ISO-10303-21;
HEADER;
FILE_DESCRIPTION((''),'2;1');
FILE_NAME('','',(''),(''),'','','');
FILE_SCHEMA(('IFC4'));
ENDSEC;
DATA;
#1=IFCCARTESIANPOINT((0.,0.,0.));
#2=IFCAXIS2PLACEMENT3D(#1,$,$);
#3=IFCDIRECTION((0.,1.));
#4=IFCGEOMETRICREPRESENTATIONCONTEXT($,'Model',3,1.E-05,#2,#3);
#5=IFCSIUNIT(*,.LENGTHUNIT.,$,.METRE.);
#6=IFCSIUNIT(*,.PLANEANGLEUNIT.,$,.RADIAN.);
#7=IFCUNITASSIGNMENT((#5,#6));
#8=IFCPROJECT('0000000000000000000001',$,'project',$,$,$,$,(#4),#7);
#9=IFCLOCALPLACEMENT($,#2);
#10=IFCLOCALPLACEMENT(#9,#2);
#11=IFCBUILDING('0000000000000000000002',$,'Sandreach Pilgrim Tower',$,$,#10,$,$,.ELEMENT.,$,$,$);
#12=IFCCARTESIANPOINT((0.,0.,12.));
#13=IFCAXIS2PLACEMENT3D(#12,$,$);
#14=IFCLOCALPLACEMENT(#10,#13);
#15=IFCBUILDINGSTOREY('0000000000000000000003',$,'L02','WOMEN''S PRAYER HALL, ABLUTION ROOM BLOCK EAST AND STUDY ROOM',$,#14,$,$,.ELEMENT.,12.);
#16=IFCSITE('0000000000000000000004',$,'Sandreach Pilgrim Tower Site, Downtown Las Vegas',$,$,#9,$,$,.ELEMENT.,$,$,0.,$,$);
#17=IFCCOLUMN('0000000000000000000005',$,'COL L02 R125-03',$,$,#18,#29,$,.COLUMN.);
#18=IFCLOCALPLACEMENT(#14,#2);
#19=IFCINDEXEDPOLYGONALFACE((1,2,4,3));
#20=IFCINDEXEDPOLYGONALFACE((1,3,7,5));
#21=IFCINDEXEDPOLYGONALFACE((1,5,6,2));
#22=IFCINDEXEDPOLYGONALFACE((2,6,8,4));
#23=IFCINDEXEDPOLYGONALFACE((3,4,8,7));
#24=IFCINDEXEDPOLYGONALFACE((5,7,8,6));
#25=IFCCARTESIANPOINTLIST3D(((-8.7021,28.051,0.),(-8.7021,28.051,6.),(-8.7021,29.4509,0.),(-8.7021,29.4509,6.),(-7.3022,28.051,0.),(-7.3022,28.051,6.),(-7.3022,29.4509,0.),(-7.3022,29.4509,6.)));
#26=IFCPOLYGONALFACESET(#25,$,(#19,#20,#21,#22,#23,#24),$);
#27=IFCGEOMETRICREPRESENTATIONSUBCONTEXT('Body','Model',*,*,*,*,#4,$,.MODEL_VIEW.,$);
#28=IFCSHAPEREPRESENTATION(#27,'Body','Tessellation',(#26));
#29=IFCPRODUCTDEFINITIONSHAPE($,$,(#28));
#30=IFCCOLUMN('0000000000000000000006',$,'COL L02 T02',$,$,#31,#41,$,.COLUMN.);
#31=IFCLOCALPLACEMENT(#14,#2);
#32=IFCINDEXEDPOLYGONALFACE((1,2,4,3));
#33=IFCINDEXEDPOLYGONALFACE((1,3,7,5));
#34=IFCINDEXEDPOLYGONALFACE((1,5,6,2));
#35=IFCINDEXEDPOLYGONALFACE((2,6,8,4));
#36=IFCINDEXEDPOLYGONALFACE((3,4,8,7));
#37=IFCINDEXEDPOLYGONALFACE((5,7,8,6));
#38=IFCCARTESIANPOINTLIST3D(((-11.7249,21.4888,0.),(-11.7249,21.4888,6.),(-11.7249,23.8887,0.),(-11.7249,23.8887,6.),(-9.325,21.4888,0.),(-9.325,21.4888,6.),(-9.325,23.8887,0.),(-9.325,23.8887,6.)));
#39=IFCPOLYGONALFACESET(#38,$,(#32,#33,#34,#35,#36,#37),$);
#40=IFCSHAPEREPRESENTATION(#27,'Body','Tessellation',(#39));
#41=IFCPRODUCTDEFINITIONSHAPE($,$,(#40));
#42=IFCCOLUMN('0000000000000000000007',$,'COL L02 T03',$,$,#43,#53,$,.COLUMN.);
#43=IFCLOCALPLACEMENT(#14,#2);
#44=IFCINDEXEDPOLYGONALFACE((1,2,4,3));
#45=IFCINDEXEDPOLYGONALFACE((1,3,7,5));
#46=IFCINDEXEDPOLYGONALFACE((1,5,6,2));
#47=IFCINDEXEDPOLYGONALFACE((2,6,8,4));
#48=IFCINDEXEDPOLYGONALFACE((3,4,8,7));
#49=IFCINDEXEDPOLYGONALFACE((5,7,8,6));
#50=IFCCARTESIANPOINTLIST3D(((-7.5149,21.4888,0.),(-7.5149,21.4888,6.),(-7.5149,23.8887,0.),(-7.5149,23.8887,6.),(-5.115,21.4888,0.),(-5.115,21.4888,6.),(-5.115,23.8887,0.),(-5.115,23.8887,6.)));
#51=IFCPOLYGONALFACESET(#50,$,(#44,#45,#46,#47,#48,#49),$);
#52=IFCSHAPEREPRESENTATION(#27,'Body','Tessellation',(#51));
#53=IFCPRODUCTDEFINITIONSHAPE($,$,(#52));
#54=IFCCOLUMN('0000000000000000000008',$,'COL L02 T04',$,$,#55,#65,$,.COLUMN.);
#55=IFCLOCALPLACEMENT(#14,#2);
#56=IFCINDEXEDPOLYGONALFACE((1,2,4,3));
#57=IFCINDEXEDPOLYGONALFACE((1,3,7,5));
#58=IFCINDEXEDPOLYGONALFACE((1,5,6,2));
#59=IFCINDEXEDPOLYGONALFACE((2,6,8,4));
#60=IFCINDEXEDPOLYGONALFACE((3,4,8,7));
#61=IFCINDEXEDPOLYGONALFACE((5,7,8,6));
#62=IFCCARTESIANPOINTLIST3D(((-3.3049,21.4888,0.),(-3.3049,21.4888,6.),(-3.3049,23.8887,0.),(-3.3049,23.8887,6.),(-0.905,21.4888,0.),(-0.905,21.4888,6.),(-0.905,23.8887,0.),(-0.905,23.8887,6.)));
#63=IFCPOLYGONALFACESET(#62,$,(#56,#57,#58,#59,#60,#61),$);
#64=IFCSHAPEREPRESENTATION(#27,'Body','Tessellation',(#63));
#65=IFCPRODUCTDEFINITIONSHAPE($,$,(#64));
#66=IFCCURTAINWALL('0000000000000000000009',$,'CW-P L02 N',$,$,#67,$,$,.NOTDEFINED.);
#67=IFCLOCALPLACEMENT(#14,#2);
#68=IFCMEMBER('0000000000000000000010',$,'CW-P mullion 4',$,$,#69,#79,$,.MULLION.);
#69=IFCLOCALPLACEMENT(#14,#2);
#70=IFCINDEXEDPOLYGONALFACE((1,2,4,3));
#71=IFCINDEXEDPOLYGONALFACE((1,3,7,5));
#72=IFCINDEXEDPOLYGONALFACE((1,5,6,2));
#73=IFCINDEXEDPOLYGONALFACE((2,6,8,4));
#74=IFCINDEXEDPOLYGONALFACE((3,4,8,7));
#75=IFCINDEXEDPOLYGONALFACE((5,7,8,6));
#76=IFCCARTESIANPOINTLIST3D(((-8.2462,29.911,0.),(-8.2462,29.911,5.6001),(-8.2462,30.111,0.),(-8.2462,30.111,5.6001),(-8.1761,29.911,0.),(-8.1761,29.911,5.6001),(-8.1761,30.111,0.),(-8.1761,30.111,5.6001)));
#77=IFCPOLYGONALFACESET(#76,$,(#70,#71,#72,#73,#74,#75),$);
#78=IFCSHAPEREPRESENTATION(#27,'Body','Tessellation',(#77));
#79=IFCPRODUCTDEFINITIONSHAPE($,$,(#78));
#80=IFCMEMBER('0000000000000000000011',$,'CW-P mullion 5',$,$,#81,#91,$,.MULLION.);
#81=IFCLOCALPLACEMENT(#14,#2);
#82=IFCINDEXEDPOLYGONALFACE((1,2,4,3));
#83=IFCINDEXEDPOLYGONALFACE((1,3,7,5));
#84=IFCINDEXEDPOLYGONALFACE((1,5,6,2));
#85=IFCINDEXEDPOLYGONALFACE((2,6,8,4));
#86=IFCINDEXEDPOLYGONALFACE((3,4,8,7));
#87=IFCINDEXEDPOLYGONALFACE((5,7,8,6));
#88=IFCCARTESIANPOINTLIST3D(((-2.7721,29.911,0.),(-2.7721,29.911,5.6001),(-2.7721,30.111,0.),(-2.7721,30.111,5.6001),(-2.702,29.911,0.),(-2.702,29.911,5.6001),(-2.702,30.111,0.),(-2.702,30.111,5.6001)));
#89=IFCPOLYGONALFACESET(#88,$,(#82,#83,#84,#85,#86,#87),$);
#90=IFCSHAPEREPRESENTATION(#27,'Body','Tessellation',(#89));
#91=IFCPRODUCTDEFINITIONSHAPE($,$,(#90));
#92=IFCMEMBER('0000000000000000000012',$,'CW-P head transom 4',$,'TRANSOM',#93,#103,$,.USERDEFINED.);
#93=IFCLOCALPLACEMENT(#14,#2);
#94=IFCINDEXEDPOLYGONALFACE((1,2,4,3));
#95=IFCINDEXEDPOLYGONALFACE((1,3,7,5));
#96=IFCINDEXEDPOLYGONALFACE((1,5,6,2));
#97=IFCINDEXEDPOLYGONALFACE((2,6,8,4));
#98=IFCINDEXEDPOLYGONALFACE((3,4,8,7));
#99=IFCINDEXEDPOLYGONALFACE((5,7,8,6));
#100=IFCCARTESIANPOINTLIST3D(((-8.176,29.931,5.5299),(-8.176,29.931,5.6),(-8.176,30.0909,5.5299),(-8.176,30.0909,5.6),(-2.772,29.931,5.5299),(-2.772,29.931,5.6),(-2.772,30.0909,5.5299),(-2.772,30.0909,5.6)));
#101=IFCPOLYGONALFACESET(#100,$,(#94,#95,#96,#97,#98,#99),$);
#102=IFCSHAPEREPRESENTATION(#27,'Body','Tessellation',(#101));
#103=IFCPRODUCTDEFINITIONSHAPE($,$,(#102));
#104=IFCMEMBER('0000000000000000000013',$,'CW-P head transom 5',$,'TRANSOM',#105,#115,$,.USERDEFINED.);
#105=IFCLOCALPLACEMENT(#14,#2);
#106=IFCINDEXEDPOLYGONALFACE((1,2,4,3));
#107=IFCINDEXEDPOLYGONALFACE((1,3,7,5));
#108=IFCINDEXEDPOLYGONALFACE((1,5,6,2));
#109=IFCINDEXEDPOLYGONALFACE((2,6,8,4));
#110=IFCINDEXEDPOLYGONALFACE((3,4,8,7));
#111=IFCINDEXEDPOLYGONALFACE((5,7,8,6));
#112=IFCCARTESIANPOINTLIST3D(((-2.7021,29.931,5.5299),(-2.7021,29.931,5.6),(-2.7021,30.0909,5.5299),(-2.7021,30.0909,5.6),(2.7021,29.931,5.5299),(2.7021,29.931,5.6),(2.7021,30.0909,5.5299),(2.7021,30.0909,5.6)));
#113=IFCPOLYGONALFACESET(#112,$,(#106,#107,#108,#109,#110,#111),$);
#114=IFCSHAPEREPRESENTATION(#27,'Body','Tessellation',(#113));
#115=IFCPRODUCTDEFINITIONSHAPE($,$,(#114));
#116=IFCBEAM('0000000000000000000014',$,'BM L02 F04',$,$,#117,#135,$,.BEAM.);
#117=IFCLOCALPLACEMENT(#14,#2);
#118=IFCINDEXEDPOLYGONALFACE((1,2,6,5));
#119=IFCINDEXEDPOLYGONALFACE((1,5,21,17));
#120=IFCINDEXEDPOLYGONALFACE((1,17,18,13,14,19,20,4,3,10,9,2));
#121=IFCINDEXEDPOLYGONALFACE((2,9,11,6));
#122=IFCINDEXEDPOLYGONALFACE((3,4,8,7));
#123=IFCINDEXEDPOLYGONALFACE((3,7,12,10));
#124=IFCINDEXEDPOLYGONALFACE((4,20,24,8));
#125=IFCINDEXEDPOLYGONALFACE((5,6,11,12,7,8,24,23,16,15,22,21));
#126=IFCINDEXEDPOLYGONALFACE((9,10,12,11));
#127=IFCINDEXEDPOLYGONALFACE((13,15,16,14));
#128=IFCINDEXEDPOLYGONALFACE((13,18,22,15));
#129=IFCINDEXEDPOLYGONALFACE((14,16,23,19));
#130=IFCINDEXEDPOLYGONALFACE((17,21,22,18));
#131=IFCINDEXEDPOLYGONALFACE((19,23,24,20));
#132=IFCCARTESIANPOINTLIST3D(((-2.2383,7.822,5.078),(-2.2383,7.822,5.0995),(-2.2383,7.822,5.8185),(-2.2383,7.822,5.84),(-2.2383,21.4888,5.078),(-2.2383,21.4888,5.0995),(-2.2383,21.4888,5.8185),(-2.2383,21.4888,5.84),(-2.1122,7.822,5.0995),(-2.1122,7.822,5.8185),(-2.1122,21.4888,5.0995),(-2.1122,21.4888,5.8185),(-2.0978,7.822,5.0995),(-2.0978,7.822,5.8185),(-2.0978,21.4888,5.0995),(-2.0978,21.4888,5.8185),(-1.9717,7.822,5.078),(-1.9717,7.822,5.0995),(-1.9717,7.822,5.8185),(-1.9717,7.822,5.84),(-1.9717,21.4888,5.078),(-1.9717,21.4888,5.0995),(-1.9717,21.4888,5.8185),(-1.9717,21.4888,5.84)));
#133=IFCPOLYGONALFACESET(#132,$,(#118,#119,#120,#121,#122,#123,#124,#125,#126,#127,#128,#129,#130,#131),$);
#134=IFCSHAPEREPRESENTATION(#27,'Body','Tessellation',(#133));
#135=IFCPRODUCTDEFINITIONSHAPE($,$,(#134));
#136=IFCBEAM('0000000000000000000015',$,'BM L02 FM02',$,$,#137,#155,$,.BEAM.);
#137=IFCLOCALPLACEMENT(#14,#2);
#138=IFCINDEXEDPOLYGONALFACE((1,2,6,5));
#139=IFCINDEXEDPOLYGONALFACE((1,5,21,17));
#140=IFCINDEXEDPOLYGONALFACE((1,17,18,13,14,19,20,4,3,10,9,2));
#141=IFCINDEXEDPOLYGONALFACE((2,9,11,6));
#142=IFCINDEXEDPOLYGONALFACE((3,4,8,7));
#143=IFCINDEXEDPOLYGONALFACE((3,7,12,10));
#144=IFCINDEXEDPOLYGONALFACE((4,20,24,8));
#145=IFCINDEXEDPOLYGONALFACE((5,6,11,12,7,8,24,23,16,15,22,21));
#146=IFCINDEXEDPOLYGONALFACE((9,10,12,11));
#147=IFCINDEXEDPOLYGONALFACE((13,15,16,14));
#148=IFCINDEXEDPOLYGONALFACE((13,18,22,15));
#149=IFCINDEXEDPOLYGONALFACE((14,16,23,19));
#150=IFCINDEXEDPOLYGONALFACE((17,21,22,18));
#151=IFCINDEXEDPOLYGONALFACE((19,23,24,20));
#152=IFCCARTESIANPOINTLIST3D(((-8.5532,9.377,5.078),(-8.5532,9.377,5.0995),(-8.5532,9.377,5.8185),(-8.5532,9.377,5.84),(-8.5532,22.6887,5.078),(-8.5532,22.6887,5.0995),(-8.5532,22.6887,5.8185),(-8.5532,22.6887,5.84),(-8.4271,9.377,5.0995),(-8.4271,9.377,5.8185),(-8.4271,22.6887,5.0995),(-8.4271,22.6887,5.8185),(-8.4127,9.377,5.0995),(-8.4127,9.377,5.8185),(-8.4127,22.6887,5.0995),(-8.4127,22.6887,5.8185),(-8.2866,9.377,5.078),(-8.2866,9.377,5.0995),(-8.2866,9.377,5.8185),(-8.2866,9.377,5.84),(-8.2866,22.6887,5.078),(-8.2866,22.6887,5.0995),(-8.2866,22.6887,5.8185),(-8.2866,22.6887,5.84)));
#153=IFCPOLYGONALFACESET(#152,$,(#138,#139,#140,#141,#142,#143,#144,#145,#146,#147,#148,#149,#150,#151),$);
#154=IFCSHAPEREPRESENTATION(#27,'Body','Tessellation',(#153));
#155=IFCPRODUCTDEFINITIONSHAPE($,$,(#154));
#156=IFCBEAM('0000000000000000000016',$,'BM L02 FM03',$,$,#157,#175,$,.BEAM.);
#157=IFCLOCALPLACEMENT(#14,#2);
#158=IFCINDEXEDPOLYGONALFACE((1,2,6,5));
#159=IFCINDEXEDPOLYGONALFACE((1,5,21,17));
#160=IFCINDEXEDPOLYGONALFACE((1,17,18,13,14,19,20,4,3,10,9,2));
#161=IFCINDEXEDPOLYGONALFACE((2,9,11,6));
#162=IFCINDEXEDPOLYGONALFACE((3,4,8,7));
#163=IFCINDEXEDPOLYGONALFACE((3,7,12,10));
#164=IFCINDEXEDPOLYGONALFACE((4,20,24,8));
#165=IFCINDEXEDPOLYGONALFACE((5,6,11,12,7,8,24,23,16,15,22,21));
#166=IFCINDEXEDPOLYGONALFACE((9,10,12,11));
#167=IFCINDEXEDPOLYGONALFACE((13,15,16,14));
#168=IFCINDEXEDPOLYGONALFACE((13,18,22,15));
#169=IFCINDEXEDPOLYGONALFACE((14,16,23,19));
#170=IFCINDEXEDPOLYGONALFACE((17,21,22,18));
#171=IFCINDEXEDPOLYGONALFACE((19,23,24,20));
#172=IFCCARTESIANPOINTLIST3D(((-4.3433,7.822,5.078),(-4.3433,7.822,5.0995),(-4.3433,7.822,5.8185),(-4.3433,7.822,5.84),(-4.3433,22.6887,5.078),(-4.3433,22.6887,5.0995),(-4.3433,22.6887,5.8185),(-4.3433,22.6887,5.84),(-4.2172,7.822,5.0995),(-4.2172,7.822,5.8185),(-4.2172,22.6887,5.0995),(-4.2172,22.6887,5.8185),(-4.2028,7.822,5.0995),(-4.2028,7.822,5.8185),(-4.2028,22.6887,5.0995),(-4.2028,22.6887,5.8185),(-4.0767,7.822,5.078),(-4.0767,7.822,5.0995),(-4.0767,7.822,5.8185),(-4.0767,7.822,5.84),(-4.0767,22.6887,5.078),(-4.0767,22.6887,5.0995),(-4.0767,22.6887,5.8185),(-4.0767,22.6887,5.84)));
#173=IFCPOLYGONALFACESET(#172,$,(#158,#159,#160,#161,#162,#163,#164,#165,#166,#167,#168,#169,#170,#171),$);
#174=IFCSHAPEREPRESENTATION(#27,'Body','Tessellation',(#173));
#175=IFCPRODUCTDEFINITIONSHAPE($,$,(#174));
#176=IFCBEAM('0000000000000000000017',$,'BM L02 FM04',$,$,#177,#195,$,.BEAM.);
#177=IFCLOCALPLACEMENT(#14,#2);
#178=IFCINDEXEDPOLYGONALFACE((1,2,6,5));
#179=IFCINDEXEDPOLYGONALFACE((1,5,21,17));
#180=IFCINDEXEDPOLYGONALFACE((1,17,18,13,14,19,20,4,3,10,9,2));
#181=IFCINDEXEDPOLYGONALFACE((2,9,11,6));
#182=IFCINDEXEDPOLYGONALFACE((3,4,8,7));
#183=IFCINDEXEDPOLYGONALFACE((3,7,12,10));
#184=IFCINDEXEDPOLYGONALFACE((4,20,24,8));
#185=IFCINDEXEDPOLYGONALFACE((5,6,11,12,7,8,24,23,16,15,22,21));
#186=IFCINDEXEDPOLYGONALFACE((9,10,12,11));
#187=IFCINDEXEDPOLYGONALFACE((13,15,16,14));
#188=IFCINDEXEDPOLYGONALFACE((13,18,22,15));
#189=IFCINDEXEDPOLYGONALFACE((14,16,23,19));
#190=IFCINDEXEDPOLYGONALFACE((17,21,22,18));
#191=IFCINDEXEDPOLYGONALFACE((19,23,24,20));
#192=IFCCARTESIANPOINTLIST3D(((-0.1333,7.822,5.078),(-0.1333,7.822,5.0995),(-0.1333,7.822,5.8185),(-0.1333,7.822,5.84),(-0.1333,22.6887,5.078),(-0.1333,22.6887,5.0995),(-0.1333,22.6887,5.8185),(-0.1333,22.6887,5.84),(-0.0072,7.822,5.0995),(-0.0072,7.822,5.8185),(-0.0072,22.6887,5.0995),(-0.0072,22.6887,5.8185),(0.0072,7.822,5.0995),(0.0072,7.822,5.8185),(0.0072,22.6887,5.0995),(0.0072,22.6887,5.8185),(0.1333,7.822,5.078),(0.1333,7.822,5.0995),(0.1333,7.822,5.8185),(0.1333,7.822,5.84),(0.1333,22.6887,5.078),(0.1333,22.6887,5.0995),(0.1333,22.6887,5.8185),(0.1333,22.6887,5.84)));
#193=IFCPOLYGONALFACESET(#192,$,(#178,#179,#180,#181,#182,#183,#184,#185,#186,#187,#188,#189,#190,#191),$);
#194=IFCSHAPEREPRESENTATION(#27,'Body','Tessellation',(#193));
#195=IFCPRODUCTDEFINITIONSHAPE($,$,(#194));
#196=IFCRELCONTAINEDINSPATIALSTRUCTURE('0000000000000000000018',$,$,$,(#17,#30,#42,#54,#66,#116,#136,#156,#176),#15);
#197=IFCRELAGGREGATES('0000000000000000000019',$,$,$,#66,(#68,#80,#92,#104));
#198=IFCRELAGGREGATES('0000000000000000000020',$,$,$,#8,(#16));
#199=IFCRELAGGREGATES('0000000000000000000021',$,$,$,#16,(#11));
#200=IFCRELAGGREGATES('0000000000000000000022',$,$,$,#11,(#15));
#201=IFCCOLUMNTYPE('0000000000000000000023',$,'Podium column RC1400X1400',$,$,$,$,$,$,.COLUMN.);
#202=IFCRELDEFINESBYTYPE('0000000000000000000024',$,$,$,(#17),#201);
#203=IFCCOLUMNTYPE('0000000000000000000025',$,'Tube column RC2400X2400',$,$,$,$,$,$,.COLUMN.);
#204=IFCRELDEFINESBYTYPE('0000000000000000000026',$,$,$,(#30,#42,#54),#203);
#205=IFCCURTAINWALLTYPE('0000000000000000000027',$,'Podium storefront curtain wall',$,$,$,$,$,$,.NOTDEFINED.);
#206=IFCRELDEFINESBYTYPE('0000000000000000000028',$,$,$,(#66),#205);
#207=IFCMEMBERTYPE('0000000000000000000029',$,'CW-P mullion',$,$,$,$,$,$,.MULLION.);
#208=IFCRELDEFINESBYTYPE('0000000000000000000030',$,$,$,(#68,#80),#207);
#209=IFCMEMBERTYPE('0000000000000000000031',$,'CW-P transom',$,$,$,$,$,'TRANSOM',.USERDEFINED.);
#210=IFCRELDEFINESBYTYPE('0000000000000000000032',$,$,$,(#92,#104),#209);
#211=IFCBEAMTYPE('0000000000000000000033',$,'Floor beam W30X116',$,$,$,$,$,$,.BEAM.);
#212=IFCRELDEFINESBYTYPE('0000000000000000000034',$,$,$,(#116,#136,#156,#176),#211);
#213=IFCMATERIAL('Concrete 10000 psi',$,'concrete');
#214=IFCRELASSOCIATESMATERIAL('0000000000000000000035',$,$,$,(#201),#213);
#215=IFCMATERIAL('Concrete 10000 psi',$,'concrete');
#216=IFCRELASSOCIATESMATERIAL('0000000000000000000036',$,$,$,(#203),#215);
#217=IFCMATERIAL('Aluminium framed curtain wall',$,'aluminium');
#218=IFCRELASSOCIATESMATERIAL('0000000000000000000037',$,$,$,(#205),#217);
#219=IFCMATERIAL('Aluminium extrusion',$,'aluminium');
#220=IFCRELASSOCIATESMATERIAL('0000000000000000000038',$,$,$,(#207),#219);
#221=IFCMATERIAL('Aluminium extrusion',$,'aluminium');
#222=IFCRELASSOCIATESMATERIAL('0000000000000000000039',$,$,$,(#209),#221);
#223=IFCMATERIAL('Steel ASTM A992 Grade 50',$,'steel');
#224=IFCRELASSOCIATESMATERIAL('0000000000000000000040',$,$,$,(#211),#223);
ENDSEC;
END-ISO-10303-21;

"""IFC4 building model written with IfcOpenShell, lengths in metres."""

from ifc_helpers import new_model, si_unit, direction, frame, origin, origin_2d, place, context, subcontext, project, spatial, rectangle, i_section, extrude, material, material_profile, profile_set, type_object, element, aggregate, save


model = new_model("IFC4")

# Units and contexts
model_context = context("Model", 3, precision=1e-05, world=origin(), true_north=direction((0.0, 1.0)))
body_context = subcontext(model_context, "Body", "Model", "MODEL_VIEW")
ifc_project = project(units=[si_unit("LENGTHUNIT", "METRE"), si_unit("PLANEANGLEUNIT", "RADIAN")], contexts=[model_context])

# Site, building, storey
site_placement = place(None, origin())
site = spatial("IfcSite", under=ifc_project, at=site_placement, Name="Sandreach Pilgrim Tower Site, Downtown Las Vegas", CompositionType="ELEMENT", RefElevation=0.0)
building_placement = place(site_placement, origin())
building = spatial("IfcBuilding", under=site, at=building_placement, Name="Sandreach Pilgrim Tower", CompositionType="ELEMENT")
storey_placement = place(building_placement, frame((0.0, 0.0, 12.0)))
storey = spatial("IfcBuildingStorey", under=building, at=storey_placement, Name="L02", Description="WOMEN'S PRAYER HALL, ABLUTION ROOM BLOCK EAST AND STUDY ROOM", CompositionType="ELEMENT", Elevation=12.0)

# Columns
ifc_material_1 = material(Name="Concrete 10000 psi", Category="concrete")
ifc_material_profile_1 = material_profile(ifc_material_1, rectangle(XDim=1.3999, YDim=1.3999, at=origin_2d()), Name="RC1400X1400")
ifc_profile_set_1 = profile_set([ifc_material_profile_1], Name="Concrete 10000 psi")
column_type_1 = type_object("IfcColumnType", Name="Podium column RC1400X1400", PredefinedType="COLUMN", material=ifc_profile_set_1)
column_placement = place(storey_placement, frame((-8.0022, 28.751, 0.0), z_axis=(0.0, 0.0, 1.0), x_axis=(0.0, 1.0, 0.0)))
element("IfcColumn", 1, at=column_placement, inside=storey, type_object=column_type_1, Name="COL L02 R125-03", PredefinedType="COLUMN", context=body_context, shape_type="SweptSolid", body=[
    extrude(rectangle(XDim=1.3999, YDim=1.3999, at=origin_2d()), origin(), (0.0, 0.0, 1.0), 6.0),
])
ifc_material_2 = material(Name="Concrete 10000 psi", Category="concrete")
ifc_material_profile_2 = material_profile(ifc_material_2, rectangle(XDim=2.3999, YDim=2.3999, at=origin_2d()), Name="RC2400X2400")
ifc_profile_set_2 = profile_set([ifc_material_profile_2], Name="Concrete 10000 psi")
column_type_2 = type_object("IfcColumnType", Name="Tube column RC2400X2400", PredefinedType="COLUMN", material=ifc_profile_set_2)
for number, where, z_axis, x_axis, name in (
    (2, (-10.5249, 22.6887, 0.0), (0.0, 0.0, 1.0), (0.0, 1.0, 0.0), "COL L02 T02"),
    (3, (-6.3149, 22.6887, 0.0), (0.0, 0.0, 1.0), (0.0, 1.0, 0.0), "COL L02 T03"),
    (4, (-2.105, 22.6887, 0.0), (0.0, 0.0, 1.0), (0.0, 1.0, 0.0), "COL L02 T04"),
):
    element("IfcColumn", number, at=place(storey_placement, frame(where, z_axis=z_axis, x_axis=x_axis)), inside=storey, type_object=column_type_2, Name=name, PredefinedType="COLUMN", context=body_context, shape_type="SweptSolid", body=[
        extrude(rectangle(XDim=2.3999, YDim=2.3999, at=origin_2d()), origin(), (0.0, 0.0, 1.0), 6.0),
    ])

# Curtain wall, members
ifc_material_3 = material(Name="Aluminium framed curtain wall", Category="aluminium")
curtain_wall_type = type_object("IfcCurtainWallType", Name="Podium storefront curtain wall", PredefinedType="NOTDEFINED", material=ifc_material_3)
curtain_wall_placement = place(storey_placement, origin())
curtain_wall = element("IfcCurtainWall", 5, at=curtain_wall_placement, inside=storey, type_object=curtain_wall_type, Name="CW-P L02 N", PredefinedType="NOTDEFINED")
ifc_material_4 = material(Name="Aluminium extrusion", Category="aluminium")
ifc_material_profile_3 = material_profile(ifc_material_4, rectangle(XDim=0.0701, YDim=0.2, at=origin_2d()), Name="CW-PM 70X200")
ifc_profile_set_3 = profile_set([ifc_material_profile_3], Name="Aluminium extrusion")
member_type_1 = type_object("IfcMemberType", Name="CW-P mullion", PredefinedType="MULLION", material=ifc_profile_set_3)
member_1_placement = place(storey_placement, frame((-8.2112, 30.011, 0.0), z_axis=(0.0, 0.0, 1.0), x_axis=(1.0, 0.0, 0.0)))
member_1 = element("IfcMember", 6, at=member_1_placement, type_object=member_type_1, Name="CW-P mullion 4", PredefinedType="MULLION", context=body_context, shape_type="SweptSolid", body=[
    extrude(rectangle(XDim=0.0701, YDim=0.2, at=origin_2d()), origin(), (0.0, 0.0, 1.0), 5.6001),
])
member_2_placement = place(storey_placement, frame((-2.7371, 30.011, 0.0), z_axis=(0.0, 0.0, 1.0), x_axis=(1.0, 0.0, 0.0)))
member_2 = element("IfcMember", 7, at=member_2_placement, type_object=member_type_1, Name="CW-P mullion 5", PredefinedType="MULLION", context=body_context, shape_type="SweptSolid", body=[
    extrude(rectangle(XDim=0.0701, YDim=0.2, at=origin_2d()), origin(), (0.0, 0.0, 1.0), 5.6001),
])
ifc_material_5 = material(Name="Aluminium extrusion", Category="aluminium")
ifc_material_profile_4 = material_profile(ifc_material_5, rectangle(XDim=0.1599, YDim=0.0701, at=origin_2d()), Name="CW-PT 160X70")
ifc_profile_set_4 = profile_set([ifc_material_profile_4], Name="Aluminium extrusion")
member_type_2 = type_object("IfcMemberType", Name="CW-P transom", ElementType="TRANSOM", PredefinedType="USERDEFINED", material=ifc_profile_set_4)
member_3_placement = place(storey_placement, frame((-8.176, 30.011, 5.5649), z_axis=(1.0, 0.0, 0.0), x_axis=(0.0, 1.0, 0.0)))
member_3 = element("IfcMember", 8, at=member_3_placement, type_object=member_type_2, Name="CW-P head transom 4", ObjectType="TRANSOM", PredefinedType="USERDEFINED", context=body_context, shape_type="SweptSolid", body=[
    extrude(rectangle(XDim=0.1599, YDim=0.0701, at=origin_2d()), origin(), (0.0, 0.0, 1.0), 5.4041),
])
member_4_placement = place(storey_placement, frame((-2.7021, 30.011, 5.5649), z_axis=(1.0, 0.0, 0.0), x_axis=(0.0, 1.0, 0.0)))
member_4 = element("IfcMember", 9, at=member_4_placement, type_object=member_type_2, Name="CW-P head transom 5", ObjectType="TRANSOM", PredefinedType="USERDEFINED", context=body_context, shape_type="SweptSolid", body=[
    extrude(rectangle(XDim=0.1599, YDim=0.0701, at=origin_2d()), origin(), (0.0, 0.0, 1.0), 5.4043),
])

# Beams
ifc_material_6 = material(Name="Steel ASTM A992 Grade 50", Category="steel")
ifc_material_profile_5 = material_profile(ifc_material_6, i_section(OverallWidth=0.2666, OverallDepth=0.762, WebThickness=0.0144, FlangeThickness=0.0215, at=origin_2d()), Name="W30X116")
ifc_profile_set_5 = profile_set([ifc_material_profile_5], Name="Steel ASTM A992 Grade 50")
beam_type_1 = type_object("IfcBeamType", Name="Floor beam W30X116", PredefinedType="BEAM", material=ifc_profile_set_5)
beam_1_placement = place(storey_placement, frame((-2.105, 21.4888, 5.459), z_axis=(0.0, -1.0, 0.0), x_axis=(1.0, 0.0, 0.0)))
element("IfcBeam", 10, at=beam_1_placement, inside=storey, type_object=beam_type_1, Name="BM L02 F04", PredefinedType="BEAM", context=body_context, shape_type="SweptSolid", body=[
    extrude(i_section(OverallWidth=0.2666, OverallDepth=0.762, WebThickness=0.0144, FlangeThickness=0.0215, at=origin_2d()), origin(), (0.0, 0.0, 1.0), 13.6667),
])
beam_2_placement = place(storey_placement, frame((-8.4199, 22.6887, 5.459), z_axis=(0.0, -1.0, 0.0), x_axis=(1.0, 0.0, 0.0)))
element("IfcBeam", 11, at=beam_2_placement, inside=storey, type_object=beam_type_1, Name="BM L02 FM02", PredefinedType="BEAM", context=body_context, shape_type="SweptSolid", body=[
    extrude(i_section(OverallWidth=0.2666, OverallDepth=0.762, WebThickness=0.0144, FlangeThickness=0.0215, at=origin_2d()), origin(), (0.0, 0.0, 1.0), 13.3118),
])
for number, where, z_axis, x_axis, name in (
    (12, (-4.21, 22.6887, 5.459), (0.0, -1.0, 0.0), (1.0, 0.0, 0.0), "BM L02 FM03"),
    (13, (0.0, 22.6887, 5.459), (0.0, -1.0, 0.0), (1.0, 0.0, 0.0), "BM L02 FM04"),
):
    element("IfcBeam", number, at=place(storey_placement, frame(where, z_axis=z_axis, x_axis=x_axis)), inside=storey, type_object=beam_type_1, Name=name, PredefinedType="BEAM", context=body_context, shape_type="SweptSolid", body=[
        extrude(i_section(OverallWidth=0.2666, OverallDepth=0.762, WebThickness=0.0144, FlangeThickness=0.0215, at=origin_2d()), origin(), (0.0, 0.0, 1.0), 14.8667),
    ])

aggregate(curtain_wall, [member_1, member_2, member_3, member_4])

save(model, "model.ifc")
